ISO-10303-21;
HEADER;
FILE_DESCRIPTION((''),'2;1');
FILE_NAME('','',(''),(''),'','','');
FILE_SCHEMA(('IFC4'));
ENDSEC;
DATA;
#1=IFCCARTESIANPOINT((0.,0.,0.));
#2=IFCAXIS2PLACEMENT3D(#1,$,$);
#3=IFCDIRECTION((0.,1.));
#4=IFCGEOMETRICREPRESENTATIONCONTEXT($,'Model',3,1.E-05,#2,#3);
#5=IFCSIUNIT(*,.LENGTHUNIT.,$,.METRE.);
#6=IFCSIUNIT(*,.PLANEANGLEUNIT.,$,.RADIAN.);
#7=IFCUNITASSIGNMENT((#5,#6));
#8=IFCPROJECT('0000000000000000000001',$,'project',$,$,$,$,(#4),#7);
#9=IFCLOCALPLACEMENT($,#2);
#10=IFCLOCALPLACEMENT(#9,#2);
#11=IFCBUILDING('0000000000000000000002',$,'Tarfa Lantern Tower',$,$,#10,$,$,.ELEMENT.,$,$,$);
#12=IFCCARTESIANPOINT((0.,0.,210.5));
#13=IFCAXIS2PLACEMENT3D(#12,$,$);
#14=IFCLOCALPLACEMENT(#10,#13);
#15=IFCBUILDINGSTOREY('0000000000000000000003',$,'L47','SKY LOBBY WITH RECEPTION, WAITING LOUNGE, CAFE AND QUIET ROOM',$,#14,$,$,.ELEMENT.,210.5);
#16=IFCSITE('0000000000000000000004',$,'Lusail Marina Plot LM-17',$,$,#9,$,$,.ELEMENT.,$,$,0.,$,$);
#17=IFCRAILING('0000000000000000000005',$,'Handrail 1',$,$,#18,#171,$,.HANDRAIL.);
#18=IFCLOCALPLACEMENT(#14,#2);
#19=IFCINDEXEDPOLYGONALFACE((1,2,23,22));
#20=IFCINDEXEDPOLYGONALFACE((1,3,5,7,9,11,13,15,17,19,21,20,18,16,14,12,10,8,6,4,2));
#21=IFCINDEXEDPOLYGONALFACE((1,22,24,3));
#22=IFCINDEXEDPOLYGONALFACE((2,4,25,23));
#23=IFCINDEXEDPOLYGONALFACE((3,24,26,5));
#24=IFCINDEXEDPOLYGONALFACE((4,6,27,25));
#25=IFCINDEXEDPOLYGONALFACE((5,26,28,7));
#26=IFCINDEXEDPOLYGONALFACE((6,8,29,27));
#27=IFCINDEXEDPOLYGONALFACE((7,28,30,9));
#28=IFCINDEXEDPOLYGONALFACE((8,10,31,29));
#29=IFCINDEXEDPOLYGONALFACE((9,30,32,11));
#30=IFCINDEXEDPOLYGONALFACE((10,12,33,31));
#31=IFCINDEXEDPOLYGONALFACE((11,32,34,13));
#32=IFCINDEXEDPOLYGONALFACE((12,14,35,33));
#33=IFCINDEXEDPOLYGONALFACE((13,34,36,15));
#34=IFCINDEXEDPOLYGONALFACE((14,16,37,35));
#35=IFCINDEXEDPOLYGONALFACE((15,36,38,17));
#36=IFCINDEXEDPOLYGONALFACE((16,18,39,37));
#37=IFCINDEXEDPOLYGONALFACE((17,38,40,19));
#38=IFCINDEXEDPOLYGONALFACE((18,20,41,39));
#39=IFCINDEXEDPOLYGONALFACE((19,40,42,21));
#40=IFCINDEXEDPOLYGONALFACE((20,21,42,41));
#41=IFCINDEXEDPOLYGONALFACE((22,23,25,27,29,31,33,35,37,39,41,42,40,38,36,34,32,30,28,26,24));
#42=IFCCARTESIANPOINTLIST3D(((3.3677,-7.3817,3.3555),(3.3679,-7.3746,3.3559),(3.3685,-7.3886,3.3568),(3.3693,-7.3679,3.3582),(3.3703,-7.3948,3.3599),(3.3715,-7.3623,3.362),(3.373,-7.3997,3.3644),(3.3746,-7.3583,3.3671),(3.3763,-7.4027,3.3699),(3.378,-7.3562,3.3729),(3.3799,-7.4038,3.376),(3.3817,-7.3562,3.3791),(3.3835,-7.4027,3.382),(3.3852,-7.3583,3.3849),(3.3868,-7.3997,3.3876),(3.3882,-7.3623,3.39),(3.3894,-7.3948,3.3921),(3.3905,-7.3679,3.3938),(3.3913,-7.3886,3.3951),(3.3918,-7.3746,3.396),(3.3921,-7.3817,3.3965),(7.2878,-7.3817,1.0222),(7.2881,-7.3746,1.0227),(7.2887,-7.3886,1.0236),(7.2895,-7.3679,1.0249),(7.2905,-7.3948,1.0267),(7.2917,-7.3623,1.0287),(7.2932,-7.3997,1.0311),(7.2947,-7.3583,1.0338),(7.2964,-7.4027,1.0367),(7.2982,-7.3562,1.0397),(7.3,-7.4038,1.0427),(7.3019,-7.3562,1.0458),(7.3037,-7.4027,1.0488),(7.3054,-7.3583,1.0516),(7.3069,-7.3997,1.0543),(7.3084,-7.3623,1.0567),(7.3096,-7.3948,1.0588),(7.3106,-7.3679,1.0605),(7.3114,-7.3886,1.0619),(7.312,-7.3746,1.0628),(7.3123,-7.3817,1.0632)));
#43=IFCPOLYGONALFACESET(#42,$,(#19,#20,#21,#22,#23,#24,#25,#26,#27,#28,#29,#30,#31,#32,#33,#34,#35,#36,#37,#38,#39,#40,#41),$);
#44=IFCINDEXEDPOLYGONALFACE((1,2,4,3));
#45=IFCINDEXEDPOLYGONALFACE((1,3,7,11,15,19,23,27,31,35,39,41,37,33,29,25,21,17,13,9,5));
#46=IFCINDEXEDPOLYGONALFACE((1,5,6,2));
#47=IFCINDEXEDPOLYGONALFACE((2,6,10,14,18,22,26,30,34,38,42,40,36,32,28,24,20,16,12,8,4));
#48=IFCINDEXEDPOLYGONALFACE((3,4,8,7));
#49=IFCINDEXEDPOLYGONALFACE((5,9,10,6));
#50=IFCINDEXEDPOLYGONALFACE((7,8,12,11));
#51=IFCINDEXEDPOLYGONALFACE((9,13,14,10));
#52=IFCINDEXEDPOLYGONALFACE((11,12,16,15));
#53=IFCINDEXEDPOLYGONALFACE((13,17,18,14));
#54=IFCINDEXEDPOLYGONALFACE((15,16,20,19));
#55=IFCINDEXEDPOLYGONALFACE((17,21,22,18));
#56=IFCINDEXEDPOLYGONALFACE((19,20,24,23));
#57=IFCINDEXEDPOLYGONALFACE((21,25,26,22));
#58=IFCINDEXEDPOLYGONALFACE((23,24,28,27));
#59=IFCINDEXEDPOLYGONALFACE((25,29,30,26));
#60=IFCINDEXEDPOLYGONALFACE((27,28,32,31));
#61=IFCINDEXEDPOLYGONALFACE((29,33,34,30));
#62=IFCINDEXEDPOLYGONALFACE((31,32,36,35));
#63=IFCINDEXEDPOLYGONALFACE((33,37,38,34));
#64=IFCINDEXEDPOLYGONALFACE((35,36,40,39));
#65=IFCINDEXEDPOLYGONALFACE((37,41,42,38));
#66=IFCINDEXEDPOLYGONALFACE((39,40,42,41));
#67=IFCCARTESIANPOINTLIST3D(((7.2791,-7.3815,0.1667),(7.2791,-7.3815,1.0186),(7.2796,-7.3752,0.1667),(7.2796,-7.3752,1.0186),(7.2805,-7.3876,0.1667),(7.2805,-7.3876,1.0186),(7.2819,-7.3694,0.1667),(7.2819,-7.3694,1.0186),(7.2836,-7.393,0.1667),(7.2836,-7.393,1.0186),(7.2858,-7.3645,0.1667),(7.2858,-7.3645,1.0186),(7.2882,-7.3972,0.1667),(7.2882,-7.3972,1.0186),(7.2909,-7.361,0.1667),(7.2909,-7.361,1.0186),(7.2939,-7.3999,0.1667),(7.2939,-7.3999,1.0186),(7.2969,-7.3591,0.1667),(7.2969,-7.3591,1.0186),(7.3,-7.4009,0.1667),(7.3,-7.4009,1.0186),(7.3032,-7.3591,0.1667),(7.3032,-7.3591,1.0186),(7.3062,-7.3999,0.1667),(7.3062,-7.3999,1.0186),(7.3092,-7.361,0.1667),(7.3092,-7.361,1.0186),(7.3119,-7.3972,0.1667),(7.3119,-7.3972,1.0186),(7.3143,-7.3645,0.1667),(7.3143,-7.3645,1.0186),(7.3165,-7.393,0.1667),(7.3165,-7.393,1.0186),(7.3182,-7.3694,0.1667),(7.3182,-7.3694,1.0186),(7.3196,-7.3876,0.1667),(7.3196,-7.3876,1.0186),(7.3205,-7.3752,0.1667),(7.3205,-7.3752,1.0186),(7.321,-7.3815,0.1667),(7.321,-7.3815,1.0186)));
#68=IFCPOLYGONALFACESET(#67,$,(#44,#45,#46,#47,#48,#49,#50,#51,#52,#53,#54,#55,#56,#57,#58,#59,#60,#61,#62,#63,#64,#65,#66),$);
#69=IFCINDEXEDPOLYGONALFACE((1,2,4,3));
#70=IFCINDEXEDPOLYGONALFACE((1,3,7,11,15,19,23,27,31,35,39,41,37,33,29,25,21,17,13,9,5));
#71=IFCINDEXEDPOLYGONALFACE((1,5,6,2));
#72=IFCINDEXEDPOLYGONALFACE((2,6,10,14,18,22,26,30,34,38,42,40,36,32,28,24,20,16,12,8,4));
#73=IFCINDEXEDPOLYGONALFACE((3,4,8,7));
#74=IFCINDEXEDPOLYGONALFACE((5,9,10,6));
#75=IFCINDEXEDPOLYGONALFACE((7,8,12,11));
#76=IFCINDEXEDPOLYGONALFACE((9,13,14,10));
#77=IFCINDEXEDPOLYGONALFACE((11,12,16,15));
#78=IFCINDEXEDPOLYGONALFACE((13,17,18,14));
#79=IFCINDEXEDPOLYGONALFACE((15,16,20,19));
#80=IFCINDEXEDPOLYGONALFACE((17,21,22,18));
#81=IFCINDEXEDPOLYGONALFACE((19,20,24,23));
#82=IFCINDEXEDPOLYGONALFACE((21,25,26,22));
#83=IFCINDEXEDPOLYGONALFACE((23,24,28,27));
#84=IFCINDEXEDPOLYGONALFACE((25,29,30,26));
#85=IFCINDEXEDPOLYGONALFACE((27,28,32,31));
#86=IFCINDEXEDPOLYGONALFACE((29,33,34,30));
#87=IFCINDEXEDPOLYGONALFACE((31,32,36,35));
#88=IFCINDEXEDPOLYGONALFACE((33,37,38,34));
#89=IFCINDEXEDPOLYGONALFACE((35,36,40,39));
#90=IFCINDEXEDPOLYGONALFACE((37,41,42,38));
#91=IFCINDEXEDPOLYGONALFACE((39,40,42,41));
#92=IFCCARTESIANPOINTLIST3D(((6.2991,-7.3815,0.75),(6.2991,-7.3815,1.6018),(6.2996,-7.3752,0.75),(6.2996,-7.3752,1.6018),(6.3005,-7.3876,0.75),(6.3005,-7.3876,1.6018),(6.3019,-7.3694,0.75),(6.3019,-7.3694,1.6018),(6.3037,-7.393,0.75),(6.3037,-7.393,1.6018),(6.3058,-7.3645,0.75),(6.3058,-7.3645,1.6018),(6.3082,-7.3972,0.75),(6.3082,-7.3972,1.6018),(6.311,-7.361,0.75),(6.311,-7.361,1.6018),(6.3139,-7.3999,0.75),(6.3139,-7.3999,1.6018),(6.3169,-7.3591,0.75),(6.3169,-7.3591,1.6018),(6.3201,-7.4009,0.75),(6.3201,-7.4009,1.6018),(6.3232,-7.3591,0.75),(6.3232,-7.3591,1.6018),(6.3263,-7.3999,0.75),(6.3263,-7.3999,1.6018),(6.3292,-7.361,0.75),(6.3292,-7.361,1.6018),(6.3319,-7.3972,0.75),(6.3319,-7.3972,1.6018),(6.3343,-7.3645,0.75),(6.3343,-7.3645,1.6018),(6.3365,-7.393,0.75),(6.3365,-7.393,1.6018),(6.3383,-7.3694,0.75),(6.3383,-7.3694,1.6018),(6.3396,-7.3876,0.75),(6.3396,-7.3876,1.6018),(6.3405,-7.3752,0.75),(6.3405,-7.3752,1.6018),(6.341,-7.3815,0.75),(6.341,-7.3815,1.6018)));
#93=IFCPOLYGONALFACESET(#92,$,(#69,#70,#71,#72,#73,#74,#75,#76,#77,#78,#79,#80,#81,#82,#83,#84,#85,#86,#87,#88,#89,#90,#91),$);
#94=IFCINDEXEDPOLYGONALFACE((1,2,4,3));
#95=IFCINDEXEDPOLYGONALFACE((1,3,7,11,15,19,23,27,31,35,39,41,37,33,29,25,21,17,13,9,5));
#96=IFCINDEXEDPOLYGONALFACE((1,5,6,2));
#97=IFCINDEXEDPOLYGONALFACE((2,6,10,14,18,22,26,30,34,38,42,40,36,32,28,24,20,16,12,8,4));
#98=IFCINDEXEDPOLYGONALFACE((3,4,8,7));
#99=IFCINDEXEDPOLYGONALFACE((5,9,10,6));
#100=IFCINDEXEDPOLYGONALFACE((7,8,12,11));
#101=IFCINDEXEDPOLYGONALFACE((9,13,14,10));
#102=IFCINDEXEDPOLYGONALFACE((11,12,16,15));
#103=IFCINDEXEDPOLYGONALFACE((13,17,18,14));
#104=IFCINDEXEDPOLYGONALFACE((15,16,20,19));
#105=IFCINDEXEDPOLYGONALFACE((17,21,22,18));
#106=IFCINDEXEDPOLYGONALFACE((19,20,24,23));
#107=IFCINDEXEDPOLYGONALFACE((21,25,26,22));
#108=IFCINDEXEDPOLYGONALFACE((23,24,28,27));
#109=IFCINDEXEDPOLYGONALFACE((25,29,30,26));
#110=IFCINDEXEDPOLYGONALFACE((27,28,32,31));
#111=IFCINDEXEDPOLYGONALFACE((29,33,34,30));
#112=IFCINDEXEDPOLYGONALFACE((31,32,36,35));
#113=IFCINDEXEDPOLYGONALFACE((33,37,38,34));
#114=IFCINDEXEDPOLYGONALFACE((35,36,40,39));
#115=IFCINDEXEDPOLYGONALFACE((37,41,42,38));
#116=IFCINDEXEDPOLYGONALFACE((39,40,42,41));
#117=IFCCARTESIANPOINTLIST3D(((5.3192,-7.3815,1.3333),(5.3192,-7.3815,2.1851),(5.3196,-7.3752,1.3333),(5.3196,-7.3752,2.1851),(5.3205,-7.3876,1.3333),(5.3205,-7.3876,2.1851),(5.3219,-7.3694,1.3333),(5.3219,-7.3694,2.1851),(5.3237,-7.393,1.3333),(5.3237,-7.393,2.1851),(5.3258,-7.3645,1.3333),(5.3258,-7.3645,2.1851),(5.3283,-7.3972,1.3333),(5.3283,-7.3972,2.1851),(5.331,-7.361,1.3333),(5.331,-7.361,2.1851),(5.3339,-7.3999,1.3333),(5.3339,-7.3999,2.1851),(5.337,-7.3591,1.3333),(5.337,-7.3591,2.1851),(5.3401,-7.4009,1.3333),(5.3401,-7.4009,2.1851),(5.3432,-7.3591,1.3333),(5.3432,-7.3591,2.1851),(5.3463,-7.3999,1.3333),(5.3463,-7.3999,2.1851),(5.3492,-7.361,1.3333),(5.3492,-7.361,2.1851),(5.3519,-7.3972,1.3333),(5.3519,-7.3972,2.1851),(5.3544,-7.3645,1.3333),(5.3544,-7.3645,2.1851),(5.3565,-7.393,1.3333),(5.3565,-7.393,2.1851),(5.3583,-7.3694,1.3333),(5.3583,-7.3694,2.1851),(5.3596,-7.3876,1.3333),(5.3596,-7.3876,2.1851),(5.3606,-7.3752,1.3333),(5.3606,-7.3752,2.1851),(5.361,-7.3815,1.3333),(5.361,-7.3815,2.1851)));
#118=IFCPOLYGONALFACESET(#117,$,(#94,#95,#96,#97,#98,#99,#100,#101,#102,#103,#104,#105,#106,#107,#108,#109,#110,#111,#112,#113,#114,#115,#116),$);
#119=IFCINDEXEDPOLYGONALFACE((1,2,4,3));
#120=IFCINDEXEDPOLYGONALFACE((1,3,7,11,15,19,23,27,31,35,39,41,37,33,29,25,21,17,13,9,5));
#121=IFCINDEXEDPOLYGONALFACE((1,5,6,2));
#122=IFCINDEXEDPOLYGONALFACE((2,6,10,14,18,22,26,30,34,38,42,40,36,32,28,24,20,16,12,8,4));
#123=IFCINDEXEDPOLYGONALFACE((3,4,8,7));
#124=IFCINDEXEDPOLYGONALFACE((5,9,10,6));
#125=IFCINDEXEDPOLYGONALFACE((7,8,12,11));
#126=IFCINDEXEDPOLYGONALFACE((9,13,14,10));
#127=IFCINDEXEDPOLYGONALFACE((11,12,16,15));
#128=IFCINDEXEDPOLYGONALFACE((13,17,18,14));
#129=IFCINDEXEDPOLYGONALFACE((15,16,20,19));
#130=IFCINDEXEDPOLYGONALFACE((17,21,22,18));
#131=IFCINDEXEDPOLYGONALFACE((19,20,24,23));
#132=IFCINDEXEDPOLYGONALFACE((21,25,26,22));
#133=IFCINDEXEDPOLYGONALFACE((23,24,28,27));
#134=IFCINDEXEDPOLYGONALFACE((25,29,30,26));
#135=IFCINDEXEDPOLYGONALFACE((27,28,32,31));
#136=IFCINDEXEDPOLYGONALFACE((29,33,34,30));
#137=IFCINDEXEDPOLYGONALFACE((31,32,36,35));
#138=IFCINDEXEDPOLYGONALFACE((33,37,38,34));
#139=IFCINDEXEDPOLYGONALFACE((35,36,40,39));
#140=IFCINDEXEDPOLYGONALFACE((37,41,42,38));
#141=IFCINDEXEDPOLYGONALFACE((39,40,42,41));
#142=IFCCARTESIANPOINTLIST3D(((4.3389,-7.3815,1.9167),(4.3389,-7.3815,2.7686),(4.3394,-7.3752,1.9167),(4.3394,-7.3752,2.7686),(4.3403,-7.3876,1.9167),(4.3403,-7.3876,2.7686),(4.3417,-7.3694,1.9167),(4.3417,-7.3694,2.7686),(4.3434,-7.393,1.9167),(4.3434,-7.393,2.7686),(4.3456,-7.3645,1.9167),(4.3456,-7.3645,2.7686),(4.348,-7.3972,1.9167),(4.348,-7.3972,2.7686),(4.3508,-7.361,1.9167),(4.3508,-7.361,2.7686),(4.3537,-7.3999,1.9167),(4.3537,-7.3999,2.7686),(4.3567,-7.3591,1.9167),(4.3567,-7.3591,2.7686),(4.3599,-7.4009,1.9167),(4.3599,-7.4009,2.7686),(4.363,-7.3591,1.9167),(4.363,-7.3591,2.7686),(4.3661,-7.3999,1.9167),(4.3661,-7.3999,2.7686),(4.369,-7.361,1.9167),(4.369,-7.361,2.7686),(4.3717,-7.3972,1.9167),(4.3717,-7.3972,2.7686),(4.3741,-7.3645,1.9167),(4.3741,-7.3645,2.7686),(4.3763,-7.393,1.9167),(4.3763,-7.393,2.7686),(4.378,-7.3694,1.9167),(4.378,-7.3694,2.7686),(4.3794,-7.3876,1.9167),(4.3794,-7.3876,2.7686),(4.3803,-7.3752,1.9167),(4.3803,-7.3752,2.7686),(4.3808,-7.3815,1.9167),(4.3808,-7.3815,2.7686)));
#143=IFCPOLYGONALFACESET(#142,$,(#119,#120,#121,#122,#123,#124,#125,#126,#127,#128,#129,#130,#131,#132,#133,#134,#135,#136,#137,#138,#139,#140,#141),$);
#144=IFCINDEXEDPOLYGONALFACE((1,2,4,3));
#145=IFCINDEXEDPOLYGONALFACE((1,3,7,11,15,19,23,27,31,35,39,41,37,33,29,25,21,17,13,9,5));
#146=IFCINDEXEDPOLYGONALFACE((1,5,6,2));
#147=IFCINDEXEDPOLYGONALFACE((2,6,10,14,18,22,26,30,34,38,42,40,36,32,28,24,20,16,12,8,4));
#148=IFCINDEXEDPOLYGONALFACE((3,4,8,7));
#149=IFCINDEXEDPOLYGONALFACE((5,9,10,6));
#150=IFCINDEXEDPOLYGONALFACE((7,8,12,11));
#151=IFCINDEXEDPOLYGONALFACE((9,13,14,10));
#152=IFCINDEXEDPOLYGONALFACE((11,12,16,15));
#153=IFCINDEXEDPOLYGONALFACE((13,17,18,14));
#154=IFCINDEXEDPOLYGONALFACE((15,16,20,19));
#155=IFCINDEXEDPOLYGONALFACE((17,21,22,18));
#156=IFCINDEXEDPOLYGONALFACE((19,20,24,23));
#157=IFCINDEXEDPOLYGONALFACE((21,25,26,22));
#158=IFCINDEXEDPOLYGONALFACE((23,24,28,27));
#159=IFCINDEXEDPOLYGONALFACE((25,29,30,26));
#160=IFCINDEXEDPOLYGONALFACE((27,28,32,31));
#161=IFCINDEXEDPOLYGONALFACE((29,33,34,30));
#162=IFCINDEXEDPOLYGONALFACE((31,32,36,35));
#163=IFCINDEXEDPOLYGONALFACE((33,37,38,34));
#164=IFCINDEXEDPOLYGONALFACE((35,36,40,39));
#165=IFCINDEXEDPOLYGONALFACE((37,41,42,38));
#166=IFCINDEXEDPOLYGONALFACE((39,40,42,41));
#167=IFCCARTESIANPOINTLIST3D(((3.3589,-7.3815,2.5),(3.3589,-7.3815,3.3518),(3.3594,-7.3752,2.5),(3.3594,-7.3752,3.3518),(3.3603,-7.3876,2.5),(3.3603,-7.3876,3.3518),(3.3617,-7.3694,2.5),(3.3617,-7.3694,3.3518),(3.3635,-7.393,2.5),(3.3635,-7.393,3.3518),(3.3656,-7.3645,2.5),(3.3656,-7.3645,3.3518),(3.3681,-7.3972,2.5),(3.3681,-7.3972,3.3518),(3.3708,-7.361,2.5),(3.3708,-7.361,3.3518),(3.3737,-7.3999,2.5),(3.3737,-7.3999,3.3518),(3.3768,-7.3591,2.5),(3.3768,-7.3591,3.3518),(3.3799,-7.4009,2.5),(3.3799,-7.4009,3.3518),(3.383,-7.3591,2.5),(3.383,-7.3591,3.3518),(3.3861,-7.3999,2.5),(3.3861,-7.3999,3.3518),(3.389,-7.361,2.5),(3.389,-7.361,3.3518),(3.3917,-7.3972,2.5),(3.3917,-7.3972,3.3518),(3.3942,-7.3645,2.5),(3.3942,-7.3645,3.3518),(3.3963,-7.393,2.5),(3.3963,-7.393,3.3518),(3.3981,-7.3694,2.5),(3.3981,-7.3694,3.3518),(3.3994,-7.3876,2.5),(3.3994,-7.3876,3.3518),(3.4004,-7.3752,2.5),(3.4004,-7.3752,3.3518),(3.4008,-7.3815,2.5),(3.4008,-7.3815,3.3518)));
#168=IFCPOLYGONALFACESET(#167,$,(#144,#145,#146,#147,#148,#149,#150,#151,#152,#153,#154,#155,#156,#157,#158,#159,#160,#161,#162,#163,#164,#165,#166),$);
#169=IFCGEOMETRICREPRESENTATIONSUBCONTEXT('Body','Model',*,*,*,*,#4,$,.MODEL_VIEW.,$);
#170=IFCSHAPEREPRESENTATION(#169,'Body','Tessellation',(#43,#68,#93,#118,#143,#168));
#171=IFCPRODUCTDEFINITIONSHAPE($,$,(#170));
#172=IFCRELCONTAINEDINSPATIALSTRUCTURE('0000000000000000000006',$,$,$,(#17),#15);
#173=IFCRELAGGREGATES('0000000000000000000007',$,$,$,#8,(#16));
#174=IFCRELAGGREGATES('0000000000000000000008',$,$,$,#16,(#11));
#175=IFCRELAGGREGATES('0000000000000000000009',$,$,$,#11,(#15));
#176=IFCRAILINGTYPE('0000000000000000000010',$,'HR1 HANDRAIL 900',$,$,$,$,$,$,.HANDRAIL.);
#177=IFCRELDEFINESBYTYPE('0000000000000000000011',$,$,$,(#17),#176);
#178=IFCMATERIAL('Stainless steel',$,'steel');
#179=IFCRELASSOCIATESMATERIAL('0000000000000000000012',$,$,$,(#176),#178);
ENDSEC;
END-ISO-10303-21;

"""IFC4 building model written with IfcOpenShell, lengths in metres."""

from ifc_helpers import new_model, si_unit, direction, frame, origin, origin_2d, place, context, subcontext, project, spatial, circle, extrude, material, type_object, element, save


model = new_model("IFC4")

# Units and contexts
model_context = context("Model", 3, precision=1e-05, world=origin(), true_north=direction((0.0, 1.0)))
body_context = subcontext(model_context, "Body", "Model", "MODEL_VIEW")
ifc_project = project(units=[si_unit("LENGTHUNIT", "METRE"), si_unit("PLANEANGLEUNIT", "RADIAN")], contexts=[model_context])

# Site, building, storey
site_placement = place(None, origin())
site = spatial("IfcSite", under=ifc_project, at=site_placement, Name="Lusail Marina Plot LM-17", CompositionType="ELEMENT", RefElevation=0.0)
building_placement = place(site_placement, origin())
building = spatial("IfcBuilding", under=site, at=building_placement, Name="Tarfa Lantern Tower", CompositionType="ELEMENT")
storey_placement = place(building_placement, frame((0.0, 0.0, 210.5)))
storey = spatial("IfcBuildingStorey", under=building, at=storey_placement, Name="L47", Description="SKY LOBBY WITH RECEPTION, WAITING LOUNGE, CAFE AND QUIET ROOM", CompositionType="ELEMENT", Elevation=210.5)

# Railing
ifc_material_1 = material(Name="Stainless steel", Category="steel")
railing_type = type_object("IfcRailingType", Name="HR1 HANDRAIL 900", PredefinedType="HANDRAIL", material=ifc_material_1)
railing_1_placement = place(storey_placement, frame((7.3, -7.3799, 0.1667)))
element("IfcRailing", 1, at=railing_1_placement, inside=storey, type_object=railing_type, Name="Handrail 1", PredefinedType="HANDRAIL", context=body_context, shape_type="SweptSolid", body=[
    extrude(circle(Radius=0.0239, at=origin_2d()), frame((0.0, 0.0, 0.876), z_axis=(-0.85931, 0.0, 0.511455), x_axis=(0.0, -1.0, 0.0)), (0.0, 0.0, 1.0), 4.562),
    extrude(circle(Radius=0.021, at=origin_2d()), frame((0.0, 0.0, 0.0), z_axis=(0.0, 0.0, 1.0), x_axis=(0.0, -1.0, 0.0)), (0.0, 0.0, 1.0), 0.8518),
    extrude(circle(Radius=0.021, at=origin_2d()), frame((-0.98, 0.0, 0.5833), z_axis=(0.0, 0.0, 1.0), x_axis=(0.0, -1.0, 0.0)), (0.0, 0.0, 1.0), 0.8518),
    extrude(circle(Radius=0.021, at=origin_2d()), frame((-1.96, 0.0, 1.1665), z_axis=(0.0, 0.0, 1.0), x_axis=(0.0, -1.0, 0.0)), (0.0, 0.0, 1.0), 0.8518),
    extrude(circle(Radius=0.021, at=origin_2d()), frame((-2.9402, 0.0, 1.75), z_axis=(0.0, 0.0, 1.0), x_axis=(0.0, -1.0, 0.0)), (0.0, 0.0, 1.0), 0.8518),
    extrude(circle(Radius=0.021, at=origin_2d()), frame((-3.9202, 0.0, 2.3333), z_axis=(0.0, 0.0, 1.0), x_axis=(0.0, -1.0, 0.0)), (0.0, 0.0, 1.0), 0.8518),
])

save(model, "model.ifc")
